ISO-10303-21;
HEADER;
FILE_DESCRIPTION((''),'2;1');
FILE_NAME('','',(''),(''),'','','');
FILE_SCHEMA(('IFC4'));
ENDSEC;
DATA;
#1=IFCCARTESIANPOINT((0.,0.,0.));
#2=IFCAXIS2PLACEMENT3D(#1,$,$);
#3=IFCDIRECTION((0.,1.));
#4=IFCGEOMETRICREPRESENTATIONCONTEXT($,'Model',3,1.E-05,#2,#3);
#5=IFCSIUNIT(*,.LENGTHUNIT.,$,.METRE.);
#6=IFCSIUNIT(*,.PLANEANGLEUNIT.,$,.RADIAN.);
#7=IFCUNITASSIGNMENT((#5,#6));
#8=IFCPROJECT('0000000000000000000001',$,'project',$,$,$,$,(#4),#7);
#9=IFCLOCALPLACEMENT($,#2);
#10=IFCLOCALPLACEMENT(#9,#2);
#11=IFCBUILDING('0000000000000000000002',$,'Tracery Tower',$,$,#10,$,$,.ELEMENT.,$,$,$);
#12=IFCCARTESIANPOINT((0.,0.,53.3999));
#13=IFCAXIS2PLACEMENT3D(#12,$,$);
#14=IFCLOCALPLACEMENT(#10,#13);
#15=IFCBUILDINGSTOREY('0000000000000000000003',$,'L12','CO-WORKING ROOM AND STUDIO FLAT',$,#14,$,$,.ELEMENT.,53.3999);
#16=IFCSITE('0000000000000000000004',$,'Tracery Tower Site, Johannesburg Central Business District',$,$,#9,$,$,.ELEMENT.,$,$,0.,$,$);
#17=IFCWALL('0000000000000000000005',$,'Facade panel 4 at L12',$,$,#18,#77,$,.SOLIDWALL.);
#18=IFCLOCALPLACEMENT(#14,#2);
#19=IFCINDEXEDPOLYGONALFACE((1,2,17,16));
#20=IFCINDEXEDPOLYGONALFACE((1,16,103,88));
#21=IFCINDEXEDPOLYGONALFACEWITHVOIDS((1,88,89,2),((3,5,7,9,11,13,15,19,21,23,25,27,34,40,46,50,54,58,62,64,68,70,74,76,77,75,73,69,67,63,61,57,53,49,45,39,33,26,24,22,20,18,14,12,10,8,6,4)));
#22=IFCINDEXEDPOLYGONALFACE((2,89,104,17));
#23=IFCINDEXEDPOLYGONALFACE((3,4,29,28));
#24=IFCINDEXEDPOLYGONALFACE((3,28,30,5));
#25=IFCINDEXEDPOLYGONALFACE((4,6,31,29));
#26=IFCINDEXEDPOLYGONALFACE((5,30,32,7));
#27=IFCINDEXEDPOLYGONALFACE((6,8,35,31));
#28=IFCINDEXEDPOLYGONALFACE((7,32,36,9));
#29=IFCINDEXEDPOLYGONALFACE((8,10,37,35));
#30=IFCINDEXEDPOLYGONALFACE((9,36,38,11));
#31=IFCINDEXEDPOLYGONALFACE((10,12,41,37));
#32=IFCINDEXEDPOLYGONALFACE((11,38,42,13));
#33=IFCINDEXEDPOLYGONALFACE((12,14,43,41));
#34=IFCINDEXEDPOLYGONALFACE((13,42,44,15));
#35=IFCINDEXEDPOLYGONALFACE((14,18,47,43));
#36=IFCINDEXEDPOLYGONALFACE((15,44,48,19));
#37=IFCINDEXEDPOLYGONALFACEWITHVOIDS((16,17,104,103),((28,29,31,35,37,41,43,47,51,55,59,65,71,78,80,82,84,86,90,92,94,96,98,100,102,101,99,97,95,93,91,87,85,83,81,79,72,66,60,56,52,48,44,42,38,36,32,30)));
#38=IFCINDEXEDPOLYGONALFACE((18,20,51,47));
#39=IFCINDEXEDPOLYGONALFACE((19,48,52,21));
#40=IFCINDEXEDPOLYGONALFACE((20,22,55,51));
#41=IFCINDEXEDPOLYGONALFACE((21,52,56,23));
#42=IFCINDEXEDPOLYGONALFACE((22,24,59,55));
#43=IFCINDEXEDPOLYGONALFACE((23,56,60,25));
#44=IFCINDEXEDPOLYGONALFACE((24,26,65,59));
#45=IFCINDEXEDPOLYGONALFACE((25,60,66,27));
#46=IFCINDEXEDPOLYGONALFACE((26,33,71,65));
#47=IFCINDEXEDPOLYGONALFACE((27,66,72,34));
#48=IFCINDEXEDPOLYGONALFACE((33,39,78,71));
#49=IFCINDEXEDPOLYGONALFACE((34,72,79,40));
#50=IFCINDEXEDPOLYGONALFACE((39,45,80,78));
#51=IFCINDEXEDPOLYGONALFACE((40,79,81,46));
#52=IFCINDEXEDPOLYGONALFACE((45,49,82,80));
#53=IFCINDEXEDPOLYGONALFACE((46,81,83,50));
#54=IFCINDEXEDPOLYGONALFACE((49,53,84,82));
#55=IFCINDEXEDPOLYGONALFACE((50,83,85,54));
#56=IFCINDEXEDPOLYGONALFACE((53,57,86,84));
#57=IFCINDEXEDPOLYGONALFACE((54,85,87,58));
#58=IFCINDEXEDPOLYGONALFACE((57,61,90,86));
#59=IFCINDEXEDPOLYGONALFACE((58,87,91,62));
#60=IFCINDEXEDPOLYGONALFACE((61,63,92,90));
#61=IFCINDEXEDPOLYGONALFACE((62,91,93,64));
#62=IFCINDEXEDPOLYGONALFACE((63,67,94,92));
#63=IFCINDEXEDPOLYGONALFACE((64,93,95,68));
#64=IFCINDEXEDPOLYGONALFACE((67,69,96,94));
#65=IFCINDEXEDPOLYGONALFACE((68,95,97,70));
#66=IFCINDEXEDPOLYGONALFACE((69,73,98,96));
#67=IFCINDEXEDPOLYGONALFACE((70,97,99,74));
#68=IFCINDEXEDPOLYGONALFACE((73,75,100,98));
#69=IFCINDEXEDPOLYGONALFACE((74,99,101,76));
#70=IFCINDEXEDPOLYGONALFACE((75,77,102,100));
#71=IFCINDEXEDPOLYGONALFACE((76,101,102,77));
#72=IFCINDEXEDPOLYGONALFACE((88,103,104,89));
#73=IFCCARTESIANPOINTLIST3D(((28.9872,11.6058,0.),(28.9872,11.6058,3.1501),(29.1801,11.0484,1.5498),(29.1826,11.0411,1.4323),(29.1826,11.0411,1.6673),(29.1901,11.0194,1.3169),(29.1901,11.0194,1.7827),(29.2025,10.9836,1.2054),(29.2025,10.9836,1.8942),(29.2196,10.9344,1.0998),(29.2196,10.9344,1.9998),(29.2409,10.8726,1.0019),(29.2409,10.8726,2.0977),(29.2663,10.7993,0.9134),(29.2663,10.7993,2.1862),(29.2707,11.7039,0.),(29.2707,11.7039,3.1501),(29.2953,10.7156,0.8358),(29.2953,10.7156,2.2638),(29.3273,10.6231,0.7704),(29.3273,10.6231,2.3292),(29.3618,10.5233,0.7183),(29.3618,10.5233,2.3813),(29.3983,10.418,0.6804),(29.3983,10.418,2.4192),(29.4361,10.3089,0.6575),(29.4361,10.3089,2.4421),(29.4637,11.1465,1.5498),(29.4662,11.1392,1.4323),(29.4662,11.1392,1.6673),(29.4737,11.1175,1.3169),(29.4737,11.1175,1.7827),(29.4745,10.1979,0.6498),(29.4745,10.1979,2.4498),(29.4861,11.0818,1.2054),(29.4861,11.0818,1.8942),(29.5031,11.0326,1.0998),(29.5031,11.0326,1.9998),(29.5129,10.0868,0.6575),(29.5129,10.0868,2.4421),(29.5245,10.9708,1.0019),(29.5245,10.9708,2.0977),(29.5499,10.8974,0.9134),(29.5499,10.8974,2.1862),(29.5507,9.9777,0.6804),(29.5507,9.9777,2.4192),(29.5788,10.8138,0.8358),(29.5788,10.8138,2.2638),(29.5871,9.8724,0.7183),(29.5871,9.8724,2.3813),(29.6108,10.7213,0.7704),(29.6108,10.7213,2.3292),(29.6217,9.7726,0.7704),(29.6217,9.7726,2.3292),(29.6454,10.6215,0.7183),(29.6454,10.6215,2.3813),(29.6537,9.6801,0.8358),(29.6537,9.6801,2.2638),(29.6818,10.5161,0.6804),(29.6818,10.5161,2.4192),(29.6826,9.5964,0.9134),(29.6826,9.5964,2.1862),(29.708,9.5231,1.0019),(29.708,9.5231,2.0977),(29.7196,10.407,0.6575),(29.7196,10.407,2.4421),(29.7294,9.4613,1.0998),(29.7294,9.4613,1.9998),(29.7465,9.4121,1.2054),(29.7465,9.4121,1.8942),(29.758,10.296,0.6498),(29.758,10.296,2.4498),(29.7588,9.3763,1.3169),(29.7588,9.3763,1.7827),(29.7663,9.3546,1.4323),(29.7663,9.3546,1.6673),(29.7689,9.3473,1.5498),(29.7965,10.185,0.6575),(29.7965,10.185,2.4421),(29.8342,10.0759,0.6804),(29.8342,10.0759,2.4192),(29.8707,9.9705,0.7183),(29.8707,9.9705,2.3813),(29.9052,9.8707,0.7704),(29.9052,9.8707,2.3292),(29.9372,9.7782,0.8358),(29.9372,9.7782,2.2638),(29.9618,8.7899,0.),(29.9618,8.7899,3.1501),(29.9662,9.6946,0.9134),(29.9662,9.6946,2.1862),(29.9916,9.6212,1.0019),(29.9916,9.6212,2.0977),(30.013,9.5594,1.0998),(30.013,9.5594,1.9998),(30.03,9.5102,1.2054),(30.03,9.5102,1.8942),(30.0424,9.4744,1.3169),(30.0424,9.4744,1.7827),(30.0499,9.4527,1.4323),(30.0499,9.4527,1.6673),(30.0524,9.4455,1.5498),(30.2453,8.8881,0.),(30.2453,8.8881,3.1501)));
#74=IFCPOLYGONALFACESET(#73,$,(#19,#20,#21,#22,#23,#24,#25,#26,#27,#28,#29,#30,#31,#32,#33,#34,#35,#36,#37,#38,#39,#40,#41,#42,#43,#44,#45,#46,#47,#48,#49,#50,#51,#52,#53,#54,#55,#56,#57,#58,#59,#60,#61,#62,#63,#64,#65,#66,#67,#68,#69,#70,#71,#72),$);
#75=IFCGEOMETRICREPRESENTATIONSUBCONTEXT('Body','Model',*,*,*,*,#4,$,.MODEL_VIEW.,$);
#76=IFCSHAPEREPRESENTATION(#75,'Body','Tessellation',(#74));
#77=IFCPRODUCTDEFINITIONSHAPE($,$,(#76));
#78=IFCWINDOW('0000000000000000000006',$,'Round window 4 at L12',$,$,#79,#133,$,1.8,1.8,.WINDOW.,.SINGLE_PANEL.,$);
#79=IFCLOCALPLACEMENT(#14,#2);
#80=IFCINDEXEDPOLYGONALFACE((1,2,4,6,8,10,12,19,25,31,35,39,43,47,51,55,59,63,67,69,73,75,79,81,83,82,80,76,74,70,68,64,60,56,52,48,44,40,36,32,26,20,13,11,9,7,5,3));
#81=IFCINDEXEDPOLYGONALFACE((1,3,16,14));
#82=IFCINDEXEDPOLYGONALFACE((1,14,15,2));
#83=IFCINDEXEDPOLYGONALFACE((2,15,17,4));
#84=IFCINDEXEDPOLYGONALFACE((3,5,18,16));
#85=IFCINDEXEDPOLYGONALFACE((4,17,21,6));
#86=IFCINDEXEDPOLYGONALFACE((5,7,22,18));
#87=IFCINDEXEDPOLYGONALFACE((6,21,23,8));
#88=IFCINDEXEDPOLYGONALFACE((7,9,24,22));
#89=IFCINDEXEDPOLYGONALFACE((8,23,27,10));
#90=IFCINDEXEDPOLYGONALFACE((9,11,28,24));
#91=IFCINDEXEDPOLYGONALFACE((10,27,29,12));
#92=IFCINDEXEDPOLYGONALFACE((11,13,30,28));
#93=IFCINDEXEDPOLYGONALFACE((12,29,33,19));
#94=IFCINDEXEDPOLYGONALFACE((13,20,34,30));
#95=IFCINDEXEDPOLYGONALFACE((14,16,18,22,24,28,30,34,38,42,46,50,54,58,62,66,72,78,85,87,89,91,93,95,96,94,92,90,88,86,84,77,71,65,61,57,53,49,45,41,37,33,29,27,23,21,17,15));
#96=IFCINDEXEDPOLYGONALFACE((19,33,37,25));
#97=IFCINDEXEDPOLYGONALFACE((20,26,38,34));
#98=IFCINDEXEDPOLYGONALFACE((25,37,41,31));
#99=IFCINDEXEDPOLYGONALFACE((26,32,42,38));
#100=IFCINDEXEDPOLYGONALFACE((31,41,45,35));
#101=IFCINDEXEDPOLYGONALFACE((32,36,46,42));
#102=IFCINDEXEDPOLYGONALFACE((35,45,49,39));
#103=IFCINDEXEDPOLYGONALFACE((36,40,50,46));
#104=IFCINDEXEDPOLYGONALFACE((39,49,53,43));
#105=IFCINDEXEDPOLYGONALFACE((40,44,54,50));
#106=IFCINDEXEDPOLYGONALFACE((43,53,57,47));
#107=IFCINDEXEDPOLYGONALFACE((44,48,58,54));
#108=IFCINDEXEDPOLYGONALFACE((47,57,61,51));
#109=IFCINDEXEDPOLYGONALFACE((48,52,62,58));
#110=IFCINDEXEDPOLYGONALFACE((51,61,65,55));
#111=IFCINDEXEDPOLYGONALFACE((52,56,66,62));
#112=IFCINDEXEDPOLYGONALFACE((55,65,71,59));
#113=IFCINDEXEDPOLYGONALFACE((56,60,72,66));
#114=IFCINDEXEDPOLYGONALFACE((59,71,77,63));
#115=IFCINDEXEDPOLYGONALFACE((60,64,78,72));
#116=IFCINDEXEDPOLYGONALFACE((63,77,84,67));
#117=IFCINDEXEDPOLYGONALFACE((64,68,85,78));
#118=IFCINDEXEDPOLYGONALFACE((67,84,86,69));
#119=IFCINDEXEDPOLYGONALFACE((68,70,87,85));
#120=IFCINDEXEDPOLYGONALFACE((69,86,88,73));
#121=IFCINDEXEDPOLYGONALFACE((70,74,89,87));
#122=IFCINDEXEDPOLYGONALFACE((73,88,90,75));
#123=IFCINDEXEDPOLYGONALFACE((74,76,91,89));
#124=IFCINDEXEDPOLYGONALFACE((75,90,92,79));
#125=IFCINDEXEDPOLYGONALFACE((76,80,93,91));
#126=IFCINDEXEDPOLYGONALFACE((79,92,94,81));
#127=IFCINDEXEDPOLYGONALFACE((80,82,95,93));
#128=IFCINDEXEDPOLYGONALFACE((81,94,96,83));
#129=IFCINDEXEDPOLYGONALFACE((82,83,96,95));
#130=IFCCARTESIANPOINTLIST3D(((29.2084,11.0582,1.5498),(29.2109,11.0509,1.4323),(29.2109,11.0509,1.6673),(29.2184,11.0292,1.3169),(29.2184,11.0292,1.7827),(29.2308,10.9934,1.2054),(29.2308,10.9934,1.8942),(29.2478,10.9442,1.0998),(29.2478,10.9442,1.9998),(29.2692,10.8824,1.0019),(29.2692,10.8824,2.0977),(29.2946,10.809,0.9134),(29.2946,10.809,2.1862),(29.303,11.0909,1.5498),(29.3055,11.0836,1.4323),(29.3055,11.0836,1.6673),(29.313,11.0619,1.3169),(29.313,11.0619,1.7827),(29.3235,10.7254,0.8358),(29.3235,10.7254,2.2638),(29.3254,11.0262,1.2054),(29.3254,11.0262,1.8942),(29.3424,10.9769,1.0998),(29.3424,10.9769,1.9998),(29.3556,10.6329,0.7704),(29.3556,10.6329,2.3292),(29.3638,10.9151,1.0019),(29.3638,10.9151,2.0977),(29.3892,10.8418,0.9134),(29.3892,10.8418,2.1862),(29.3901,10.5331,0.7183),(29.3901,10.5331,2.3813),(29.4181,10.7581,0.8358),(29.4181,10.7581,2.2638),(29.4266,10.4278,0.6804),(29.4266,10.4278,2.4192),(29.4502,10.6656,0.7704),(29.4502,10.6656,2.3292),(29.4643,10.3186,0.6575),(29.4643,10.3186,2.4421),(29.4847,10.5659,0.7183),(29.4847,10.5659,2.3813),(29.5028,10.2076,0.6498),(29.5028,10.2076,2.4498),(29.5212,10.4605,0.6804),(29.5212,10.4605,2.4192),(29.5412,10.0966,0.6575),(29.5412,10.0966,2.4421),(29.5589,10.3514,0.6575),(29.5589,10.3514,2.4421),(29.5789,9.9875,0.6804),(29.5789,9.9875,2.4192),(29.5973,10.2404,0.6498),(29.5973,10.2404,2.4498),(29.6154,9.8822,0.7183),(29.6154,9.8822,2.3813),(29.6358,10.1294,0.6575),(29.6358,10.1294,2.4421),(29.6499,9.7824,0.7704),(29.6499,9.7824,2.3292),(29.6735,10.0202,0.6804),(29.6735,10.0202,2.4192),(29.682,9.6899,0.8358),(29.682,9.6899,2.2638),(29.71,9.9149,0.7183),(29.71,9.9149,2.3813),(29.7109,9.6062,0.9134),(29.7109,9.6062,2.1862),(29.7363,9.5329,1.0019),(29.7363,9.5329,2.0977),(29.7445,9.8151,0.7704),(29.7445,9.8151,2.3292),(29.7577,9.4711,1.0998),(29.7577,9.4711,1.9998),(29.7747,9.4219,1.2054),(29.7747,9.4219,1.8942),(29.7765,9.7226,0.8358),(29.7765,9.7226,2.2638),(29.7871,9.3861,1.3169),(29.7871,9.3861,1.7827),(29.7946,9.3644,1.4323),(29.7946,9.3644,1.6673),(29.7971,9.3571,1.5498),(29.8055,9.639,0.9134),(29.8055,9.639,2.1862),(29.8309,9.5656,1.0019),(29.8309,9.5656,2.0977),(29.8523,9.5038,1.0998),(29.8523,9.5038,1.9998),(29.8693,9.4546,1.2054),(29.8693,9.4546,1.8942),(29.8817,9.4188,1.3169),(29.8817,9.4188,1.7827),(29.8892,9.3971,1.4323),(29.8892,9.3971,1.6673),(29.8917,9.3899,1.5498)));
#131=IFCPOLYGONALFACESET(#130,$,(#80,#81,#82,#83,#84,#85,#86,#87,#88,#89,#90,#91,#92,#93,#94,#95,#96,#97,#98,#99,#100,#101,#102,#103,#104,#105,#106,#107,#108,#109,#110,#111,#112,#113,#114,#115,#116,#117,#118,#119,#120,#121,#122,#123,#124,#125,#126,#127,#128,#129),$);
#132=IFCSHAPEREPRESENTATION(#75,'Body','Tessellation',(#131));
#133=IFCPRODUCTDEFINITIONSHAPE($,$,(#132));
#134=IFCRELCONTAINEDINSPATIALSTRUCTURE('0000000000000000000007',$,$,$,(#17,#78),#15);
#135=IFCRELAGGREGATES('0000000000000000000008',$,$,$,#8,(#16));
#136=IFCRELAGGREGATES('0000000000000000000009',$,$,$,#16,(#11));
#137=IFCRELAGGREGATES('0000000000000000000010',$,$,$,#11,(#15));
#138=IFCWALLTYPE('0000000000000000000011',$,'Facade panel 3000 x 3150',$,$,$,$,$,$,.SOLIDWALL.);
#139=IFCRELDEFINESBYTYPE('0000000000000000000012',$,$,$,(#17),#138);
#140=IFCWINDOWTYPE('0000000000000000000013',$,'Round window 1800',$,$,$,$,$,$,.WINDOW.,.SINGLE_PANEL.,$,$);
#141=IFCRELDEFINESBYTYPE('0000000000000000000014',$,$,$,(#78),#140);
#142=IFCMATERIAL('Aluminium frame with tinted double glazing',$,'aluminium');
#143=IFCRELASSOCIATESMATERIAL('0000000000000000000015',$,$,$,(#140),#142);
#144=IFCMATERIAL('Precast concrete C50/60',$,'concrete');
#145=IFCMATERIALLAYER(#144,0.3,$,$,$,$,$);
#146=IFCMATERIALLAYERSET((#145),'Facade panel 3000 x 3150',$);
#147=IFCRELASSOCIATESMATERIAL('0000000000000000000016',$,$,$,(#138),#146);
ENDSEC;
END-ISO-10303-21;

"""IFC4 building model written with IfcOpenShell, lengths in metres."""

from ifc_helpers import new_model, si_unit, direction, frame, frame_2d, origin, origin_2d, place, context, subcontext, project, spatial, rectangle, circle, extrude, material, layer, layer_set, type_object, element, fill, save


model = new_model("IFC4")

# Units and contexts
model_context = context("Model", 3, precision=1e-05, world=origin(), true_north=direction((0.0, 1.0)))
body_context = subcontext(model_context, "Body", "Model", "MODEL_VIEW")
ifc_project = project(units=[si_unit("LENGTHUNIT", "METRE"), si_unit("PLANEANGLEUNIT", "RADIAN")], contexts=[model_context])

# Site, building, storey
site_placement = place(None, origin())
site = spatial("IfcSite", under=ifc_project, at=site_placement, Name="Tracery Tower Site, Johannesburg Central Business District", CompositionType="ELEMENT", RefElevation=0.0)
building_placement = place(site_placement, origin())
building = spatial("IfcBuilding", under=site, at=building_placement, Name="Tracery Tower", CompositionType="ELEMENT")
storey_placement = place(building_placement, frame((0.0, 0.0, 53.3999)))
storey = spatial("IfcBuildingStorey", under=building, at=storey_placement, Name="L12", Description="CO-WORKING ROOM AND STUDIO FLAT", CompositionType="ELEMENT", Elevation=53.3999)

# Wall, opening, window
ifc_material_1 = material(Name="Aluminium frame with tinted double glazing", Category="aluminium")
window_type = type_object("IfcWindowType", Name="Round window 1800", PartitioningType="SINGLE_PANEL", PredefinedType="WINDOW", material=ifc_material_1)
ifc_material_2 = material(Name="Precast concrete C50/60", Category="concrete")
ifc_layer_1 = layer(ifc_material_2, 0.3)
ifc_layer_set_1 = layer_set([ifc_layer_1], Name="Facade panel 3000 x 3150")
wall_type_1 = type_object("IfcWallType", Name="Facade panel 3000 x 3150", PredefinedType="SOLIDWALL", material=ifc_layer_set_1)
wall_1_placement = place(storey_placement, frame((30.1035, 8.8391, 0.0), z_axis=(0.0, 0.0, 1.0), x_axis=(-0.327071, 0.945, 0.0)))
wall_1 = element("IfcWall", 1, at=wall_1_placement, inside=storey, type_object=wall_type_1, Name="Facade panel 4 at L12", PredefinedType="SOLIDWALL", context=body_context, shape_type="SweptSolid", body=[
    extrude(rectangle(XDim=2.9797, YDim=0.3, at=frame_2d((1.4897, 0.0))), origin(), (0.0, 0.0, 1.0), 3.1501),
])
opening_1_placement = place(wall_1_placement, frame((1.4897, 0.0, 1.5498)))
opening_1 = element("IfcOpeningElement", 2, at=opening_1_placement, cuts=wall_1, PredefinedType="OPENING", context=body_context, shape_type="SweptSolid", body=[
    extrude(circle(Radius=0.9, at=origin_2d()), frame((0.0, 0.1599, 0.0), z_axis=(0.0, -1.0, 0.0), x_axis=(1.0, 0.0, 0.0)), (0.0, 0.0, 1.0), 0.3201),
])
window_1_placement = place(opening_1_placement, origin())
window_1 = element("IfcWindow", 3, at=window_1_placement, inside=storey, type_object=window_type, Name="Round window 4 at L12", OverallHeight=1.8, OverallWidth=1.8, PartitioningType="SINGLE_PANEL", PredefinedType="WINDOW", context=body_context, shape_type="SweptSolid", body=[
    extrude(circle(Radius=0.9, at=origin_2d()), frame((0.0, 0.1201, 0.0), z_axis=(0.0, -1.0, 0.0), x_axis=(1.0, 0.0, 0.0)), (0.0, 0.0, 1.0), 0.1001),
])
fill(opening_1, window_1)

save(model, "model.ifc")
